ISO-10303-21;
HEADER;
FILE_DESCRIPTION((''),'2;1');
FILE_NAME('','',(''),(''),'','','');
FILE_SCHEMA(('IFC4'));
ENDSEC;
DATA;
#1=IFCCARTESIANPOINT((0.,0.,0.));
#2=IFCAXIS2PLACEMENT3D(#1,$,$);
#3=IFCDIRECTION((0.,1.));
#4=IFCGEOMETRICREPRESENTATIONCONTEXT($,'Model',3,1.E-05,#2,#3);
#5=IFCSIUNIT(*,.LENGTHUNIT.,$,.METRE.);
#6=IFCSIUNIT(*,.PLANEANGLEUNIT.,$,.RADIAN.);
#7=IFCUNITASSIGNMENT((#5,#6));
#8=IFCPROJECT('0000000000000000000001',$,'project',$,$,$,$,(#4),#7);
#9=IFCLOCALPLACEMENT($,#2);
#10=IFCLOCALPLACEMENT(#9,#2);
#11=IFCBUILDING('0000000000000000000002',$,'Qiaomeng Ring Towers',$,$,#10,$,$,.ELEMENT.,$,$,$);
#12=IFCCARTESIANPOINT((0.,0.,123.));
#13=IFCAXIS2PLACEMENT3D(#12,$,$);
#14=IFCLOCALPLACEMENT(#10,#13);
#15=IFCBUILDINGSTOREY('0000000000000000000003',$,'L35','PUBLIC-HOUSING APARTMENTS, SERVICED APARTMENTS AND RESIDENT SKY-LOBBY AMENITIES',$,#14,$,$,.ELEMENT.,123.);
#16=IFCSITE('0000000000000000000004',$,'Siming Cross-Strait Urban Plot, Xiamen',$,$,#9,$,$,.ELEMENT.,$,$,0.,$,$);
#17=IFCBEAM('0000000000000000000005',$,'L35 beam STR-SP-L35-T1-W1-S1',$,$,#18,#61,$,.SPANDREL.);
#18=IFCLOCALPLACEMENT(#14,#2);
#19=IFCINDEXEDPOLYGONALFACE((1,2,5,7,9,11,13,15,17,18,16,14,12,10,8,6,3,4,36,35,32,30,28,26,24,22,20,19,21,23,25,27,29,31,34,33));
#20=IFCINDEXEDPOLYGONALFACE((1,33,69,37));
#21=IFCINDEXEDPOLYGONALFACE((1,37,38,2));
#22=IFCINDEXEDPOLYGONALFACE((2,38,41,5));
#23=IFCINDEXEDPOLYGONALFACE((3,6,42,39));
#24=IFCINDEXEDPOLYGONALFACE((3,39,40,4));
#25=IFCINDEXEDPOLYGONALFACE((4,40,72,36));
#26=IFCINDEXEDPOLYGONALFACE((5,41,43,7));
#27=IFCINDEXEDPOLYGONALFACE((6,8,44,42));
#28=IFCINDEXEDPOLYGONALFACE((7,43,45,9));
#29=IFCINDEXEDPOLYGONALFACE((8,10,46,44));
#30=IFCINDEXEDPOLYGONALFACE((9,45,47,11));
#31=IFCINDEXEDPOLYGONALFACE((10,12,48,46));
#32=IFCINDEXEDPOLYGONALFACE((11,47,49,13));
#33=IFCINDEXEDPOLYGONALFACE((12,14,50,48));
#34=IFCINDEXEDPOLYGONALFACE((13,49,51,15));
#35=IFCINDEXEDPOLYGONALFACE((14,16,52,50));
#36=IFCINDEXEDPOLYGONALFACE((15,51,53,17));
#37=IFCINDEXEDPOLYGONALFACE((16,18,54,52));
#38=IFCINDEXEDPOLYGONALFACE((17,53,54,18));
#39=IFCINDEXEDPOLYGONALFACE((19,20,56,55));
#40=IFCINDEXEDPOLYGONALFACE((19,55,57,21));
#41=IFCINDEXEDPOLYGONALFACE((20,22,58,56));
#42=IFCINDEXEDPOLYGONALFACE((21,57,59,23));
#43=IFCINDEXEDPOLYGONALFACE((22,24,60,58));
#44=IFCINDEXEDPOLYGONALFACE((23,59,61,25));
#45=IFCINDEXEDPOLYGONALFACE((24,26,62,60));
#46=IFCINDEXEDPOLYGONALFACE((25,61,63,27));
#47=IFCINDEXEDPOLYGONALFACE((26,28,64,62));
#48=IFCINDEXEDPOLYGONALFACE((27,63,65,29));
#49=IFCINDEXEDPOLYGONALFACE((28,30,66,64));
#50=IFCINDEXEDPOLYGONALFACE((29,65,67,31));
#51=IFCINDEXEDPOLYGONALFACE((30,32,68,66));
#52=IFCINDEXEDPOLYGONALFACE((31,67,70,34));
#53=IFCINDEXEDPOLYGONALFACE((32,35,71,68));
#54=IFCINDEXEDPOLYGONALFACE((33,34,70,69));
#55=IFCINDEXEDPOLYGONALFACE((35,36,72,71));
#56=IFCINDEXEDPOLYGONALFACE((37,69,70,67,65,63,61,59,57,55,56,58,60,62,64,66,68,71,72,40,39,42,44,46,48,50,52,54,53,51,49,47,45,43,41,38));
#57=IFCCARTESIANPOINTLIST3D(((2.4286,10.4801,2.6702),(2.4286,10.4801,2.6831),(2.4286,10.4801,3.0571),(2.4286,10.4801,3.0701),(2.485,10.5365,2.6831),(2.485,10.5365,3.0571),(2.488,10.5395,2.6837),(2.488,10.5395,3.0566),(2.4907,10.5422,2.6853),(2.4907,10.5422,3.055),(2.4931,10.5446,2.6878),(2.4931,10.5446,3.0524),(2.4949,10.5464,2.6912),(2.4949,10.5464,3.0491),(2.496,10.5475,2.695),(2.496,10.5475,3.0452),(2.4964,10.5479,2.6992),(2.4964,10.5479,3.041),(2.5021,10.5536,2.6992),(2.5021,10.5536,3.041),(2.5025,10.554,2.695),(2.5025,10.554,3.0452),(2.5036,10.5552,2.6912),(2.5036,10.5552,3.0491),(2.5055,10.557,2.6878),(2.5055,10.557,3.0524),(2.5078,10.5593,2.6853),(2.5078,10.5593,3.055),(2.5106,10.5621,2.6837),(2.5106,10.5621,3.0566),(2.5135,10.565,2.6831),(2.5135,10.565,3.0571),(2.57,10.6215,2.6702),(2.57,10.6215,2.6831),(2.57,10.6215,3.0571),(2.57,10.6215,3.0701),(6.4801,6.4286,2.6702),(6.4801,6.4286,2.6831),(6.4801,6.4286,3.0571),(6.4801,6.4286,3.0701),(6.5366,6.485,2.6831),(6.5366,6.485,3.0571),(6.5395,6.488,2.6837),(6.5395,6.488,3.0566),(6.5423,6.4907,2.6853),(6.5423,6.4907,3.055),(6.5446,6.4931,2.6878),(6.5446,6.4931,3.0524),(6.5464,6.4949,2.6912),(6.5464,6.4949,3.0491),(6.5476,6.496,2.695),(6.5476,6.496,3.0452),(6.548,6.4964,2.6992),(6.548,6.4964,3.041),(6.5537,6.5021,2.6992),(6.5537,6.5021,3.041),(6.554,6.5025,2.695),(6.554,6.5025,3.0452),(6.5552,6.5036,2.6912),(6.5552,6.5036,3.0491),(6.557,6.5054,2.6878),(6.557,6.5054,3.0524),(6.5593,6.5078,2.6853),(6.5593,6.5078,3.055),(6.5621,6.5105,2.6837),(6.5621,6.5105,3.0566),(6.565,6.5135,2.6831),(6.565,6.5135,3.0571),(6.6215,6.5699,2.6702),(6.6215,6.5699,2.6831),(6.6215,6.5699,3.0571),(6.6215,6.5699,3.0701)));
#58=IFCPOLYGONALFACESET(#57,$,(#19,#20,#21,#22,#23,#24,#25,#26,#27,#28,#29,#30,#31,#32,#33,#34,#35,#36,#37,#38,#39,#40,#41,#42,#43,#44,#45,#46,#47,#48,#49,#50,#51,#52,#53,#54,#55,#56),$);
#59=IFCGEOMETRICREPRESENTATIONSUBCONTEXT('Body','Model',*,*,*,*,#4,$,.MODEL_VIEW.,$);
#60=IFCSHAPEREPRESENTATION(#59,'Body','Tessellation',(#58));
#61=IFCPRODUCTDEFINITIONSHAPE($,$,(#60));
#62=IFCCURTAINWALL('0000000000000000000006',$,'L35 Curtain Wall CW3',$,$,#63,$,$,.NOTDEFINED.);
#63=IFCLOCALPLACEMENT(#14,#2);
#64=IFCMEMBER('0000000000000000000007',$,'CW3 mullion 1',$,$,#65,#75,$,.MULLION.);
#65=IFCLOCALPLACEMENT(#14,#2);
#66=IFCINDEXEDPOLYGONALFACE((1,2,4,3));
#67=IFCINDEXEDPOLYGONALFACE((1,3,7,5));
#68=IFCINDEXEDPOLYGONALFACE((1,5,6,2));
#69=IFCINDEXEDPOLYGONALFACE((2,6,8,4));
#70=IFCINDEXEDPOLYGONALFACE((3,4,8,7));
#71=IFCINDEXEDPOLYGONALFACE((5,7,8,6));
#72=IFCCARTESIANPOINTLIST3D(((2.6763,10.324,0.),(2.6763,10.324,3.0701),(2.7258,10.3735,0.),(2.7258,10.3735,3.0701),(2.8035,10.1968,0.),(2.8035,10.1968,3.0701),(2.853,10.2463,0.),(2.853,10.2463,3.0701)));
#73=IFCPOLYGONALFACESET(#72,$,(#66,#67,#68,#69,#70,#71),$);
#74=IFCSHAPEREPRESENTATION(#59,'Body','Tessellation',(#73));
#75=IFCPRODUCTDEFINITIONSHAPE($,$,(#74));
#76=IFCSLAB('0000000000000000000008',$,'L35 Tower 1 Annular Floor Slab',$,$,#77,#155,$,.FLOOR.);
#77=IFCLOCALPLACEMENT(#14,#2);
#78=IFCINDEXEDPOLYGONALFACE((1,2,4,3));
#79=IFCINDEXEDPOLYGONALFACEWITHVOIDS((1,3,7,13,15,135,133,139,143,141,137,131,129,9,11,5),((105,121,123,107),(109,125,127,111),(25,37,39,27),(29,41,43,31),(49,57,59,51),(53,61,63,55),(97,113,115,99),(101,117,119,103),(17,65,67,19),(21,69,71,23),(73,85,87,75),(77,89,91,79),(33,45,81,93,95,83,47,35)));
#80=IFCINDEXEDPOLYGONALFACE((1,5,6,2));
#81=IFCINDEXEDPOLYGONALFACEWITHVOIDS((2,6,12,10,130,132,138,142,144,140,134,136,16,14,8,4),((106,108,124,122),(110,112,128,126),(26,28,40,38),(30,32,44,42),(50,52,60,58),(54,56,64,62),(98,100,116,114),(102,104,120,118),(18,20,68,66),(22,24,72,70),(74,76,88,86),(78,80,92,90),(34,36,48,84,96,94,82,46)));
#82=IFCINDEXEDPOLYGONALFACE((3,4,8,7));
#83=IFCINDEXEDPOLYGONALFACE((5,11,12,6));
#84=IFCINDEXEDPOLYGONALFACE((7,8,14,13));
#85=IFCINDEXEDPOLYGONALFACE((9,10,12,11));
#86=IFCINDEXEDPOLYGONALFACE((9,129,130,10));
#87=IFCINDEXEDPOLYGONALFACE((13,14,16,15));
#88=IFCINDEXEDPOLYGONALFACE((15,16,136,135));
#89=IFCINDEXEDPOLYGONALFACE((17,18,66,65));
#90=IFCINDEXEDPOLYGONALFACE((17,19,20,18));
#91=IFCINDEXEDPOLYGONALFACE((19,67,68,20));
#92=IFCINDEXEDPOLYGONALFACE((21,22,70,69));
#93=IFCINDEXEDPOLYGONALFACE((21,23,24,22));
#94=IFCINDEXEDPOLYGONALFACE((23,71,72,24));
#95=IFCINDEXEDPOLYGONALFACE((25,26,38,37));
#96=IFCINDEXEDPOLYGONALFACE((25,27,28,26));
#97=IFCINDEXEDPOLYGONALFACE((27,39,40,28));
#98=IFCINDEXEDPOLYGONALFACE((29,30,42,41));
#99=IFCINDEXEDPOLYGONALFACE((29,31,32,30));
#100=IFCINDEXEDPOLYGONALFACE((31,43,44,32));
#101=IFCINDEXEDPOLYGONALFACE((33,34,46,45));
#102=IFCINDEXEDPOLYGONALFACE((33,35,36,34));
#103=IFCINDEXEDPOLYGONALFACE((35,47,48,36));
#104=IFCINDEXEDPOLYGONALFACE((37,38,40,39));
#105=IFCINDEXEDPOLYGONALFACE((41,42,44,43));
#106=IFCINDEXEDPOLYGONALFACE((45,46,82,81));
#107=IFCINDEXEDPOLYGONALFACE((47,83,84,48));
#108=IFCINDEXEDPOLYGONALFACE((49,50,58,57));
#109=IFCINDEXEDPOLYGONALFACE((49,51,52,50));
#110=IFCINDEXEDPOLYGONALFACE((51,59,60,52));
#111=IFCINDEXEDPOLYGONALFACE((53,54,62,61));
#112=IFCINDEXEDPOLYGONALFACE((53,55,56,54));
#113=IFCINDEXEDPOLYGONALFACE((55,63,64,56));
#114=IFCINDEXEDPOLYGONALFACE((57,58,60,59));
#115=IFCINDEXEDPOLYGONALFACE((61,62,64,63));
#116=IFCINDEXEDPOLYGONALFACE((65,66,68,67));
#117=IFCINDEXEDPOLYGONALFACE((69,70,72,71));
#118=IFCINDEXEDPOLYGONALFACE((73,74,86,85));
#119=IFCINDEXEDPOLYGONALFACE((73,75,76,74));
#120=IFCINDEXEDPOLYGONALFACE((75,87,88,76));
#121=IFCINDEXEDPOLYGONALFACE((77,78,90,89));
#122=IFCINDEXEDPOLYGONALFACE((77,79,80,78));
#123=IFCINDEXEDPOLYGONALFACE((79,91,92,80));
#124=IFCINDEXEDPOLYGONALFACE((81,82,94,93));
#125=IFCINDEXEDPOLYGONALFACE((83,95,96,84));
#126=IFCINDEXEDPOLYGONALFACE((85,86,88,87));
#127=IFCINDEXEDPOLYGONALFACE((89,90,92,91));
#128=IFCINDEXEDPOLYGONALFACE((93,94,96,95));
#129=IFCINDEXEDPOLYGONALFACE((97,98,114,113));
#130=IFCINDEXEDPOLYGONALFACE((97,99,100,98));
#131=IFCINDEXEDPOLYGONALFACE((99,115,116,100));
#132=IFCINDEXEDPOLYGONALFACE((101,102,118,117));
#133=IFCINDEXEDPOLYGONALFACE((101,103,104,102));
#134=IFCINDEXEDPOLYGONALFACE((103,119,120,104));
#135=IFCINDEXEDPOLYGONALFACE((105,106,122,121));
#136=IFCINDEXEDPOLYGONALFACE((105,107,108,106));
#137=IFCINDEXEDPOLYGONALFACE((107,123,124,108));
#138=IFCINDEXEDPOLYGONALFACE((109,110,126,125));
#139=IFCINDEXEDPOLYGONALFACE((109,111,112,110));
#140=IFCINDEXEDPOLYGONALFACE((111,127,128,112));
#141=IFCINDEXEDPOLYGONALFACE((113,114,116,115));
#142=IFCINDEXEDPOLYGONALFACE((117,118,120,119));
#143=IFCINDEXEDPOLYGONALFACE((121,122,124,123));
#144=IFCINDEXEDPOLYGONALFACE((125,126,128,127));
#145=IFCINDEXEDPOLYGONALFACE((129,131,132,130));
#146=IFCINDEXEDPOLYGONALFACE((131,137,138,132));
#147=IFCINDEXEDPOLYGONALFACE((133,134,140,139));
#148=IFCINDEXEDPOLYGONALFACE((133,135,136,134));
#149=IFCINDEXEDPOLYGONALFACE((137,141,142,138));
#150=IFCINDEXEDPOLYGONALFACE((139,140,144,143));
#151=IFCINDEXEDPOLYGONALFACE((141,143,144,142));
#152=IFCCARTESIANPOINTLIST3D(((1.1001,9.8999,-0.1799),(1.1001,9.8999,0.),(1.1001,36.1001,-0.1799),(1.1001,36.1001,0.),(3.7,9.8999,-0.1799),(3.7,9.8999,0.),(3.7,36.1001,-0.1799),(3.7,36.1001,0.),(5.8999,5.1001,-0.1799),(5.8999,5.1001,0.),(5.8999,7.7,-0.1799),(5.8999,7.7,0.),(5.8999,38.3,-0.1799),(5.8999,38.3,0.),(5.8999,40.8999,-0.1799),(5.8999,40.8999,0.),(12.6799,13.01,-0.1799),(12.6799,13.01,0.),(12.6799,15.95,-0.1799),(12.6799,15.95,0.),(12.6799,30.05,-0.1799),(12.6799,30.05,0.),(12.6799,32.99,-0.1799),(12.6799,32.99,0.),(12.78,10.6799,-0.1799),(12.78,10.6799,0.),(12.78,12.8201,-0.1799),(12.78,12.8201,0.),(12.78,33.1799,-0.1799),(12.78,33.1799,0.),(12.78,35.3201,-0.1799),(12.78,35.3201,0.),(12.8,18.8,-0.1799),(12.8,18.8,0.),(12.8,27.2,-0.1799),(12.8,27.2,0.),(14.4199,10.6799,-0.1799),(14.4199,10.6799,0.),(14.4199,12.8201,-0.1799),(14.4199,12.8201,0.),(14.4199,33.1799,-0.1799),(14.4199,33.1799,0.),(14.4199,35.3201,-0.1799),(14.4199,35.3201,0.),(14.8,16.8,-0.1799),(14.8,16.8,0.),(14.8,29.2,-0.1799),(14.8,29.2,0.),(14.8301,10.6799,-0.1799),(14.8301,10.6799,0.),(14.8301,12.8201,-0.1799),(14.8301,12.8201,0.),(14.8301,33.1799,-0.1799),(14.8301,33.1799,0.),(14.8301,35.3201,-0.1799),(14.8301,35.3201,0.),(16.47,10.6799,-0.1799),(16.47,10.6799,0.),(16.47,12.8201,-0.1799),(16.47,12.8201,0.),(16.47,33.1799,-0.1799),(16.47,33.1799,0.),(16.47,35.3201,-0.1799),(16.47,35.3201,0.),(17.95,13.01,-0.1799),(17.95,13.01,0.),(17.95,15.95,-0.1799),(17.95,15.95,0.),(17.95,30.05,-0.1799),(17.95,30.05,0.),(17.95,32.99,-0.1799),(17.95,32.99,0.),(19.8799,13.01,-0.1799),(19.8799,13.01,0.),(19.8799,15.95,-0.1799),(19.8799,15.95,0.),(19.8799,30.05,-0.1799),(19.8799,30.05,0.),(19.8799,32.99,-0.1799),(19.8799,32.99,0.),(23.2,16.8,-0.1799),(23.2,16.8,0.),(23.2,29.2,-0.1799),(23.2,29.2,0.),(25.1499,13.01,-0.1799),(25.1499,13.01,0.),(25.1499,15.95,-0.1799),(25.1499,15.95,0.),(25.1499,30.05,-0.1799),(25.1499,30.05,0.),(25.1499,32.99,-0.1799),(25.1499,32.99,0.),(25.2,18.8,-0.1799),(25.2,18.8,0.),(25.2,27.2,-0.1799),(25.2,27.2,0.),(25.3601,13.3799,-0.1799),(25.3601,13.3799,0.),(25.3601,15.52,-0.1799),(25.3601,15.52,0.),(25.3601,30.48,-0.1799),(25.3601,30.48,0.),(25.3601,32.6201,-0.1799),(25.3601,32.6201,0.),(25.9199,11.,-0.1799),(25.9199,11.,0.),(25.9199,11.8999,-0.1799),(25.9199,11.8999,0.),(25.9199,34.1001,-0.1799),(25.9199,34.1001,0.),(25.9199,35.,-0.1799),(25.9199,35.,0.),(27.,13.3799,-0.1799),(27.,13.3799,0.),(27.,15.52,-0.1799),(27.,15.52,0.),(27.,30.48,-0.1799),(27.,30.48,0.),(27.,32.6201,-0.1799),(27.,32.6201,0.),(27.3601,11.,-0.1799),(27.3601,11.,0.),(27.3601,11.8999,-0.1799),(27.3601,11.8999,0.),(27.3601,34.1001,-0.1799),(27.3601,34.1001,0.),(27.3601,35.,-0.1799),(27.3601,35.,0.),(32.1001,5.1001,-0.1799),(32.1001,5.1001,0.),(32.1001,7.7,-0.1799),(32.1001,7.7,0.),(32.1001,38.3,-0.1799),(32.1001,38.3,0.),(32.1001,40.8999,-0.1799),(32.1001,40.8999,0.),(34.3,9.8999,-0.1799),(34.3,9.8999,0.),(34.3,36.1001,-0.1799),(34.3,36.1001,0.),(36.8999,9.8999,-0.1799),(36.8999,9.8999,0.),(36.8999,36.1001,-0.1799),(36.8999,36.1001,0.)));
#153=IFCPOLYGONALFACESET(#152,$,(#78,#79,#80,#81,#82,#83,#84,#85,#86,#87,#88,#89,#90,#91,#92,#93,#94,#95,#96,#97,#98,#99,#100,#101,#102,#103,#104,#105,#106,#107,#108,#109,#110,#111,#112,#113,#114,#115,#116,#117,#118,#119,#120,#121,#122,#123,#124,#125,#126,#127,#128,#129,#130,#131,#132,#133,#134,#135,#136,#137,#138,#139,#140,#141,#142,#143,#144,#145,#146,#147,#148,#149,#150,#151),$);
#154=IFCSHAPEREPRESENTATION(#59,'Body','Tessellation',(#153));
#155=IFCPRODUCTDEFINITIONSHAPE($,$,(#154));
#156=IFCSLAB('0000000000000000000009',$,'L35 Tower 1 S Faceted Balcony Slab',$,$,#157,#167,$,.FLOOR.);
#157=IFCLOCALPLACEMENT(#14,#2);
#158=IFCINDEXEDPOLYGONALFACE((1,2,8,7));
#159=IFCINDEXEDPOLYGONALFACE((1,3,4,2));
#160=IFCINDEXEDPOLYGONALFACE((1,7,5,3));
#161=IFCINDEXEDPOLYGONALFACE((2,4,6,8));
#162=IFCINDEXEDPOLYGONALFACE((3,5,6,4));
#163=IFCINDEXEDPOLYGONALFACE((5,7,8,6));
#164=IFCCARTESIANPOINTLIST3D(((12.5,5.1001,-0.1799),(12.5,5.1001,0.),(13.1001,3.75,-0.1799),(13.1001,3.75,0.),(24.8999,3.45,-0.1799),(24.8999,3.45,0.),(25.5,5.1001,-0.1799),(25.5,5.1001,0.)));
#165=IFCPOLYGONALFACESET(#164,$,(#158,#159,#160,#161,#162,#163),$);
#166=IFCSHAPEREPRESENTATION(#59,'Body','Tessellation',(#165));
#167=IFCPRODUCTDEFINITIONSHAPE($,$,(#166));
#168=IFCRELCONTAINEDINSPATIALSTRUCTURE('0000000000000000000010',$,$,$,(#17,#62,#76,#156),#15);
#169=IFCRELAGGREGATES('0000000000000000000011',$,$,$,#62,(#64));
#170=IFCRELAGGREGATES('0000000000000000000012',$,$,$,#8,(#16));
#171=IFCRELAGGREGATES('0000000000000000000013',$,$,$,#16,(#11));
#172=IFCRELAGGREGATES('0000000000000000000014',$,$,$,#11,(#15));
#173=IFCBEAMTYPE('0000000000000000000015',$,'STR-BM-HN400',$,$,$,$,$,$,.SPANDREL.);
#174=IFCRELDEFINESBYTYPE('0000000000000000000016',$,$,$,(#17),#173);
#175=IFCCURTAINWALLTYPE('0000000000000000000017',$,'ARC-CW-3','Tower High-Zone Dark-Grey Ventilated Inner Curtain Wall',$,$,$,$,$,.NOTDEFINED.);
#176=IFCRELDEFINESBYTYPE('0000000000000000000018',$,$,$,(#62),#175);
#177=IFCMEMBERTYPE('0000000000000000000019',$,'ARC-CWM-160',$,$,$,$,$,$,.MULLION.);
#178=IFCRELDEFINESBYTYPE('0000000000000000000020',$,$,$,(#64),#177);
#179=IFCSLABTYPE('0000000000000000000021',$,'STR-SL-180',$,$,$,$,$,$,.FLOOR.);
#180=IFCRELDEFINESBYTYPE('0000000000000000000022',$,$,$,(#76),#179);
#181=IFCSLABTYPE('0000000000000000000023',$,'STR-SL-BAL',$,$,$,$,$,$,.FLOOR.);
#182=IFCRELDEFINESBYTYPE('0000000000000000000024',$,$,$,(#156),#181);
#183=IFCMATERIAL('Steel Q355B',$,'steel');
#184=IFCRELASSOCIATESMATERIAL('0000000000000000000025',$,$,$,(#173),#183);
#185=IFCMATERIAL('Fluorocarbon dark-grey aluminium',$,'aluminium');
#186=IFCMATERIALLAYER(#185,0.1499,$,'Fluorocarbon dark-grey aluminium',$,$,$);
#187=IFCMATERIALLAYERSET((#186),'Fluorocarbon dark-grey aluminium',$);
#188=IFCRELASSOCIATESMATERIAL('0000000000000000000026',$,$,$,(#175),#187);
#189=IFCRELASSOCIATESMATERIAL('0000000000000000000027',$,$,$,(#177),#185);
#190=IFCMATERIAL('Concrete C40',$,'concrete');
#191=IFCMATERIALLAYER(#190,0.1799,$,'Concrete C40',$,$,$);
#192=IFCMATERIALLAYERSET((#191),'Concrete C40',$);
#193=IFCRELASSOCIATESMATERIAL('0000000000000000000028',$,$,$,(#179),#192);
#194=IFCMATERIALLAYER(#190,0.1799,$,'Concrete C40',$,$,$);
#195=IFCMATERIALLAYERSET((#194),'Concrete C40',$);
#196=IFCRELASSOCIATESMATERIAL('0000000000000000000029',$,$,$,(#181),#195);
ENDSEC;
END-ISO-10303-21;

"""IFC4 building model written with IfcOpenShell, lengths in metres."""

from ifc_helpers import new_model, si_unit, direction, frame, origin, origin_2d, place, context, subcontext, project, spatial, polyline, rectangle, i_section, outline, extrude, source, transform, mapped, material, layer, layer_set, material_profile, profile_set, type_object, element, aggregate, save


model = new_model("IFC4")

# Units and contexts
model_context = context("Model", 3, precision=1e-05, world=origin(), true_north=direction((0.0, 1.0)))
body_context = subcontext(model_context, "Body", "Model", "MODEL_VIEW")
ifc_project = project(units=[si_unit("LENGTHUNIT", "METRE"), si_unit("PLANEANGLEUNIT", "RADIAN")], contexts=[model_context])

# Site, building, storey
site_placement = place(None, origin())
site = spatial("IfcSite", under=ifc_project, at=site_placement, Name="Siming Cross-Strait Urban Plot, Xiamen", CompositionType="ELEMENT", RefElevation=0.0)
building_placement = place(site_placement, origin())
building = spatial("IfcBuilding", under=site, at=building_placement, Name="Qiaomeng Ring Towers", CompositionType="ELEMENT")
storey_placement = place(building_placement, frame((0.0, 0.0, 123.0)))
storey = spatial("IfcBuildingStorey", under=building, at=storey_placement, Name="L35", Description="PUBLIC-HOUSING APARTMENTS, SERVICED APARTMENTS AND RESIDENT SKY-LOBBY AMENITIES", CompositionType="ELEMENT", Elevation=123.0)

# Beam
ifc_material_1 = material(Name="Steel Q355B", Category="steel")
ifc_material_profile_1 = material_profile(ifc_material_1, i_section(OverallWidth=0.2, OverallDepth=0.3999, WebThickness=0.0081, FlangeThickness=0.0129, FilletRadius=0.0161, at=origin_2d()), Name="HN 400x200x8x13")
ifc_profile_set_1 = profile_set([ifc_material_profile_1], Name="Steel Q355B")
beam_type = type_object("IfcBeamType", Name="STR-BM-HN400", PredefinedType="SPANDREL", material=ifc_profile_set_1)
shared_shape_1 = source(origin(), body_context, "Body", "SweptSolid", [
    extrude(i_section(OverallWidth=0.2, OverallDepth=0.3999, WebThickness=0.0081, FlangeThickness=0.0129, FilletRadius=0.0161, at=origin_2d()), origin(), (0.0, 0.0, 1.0), 5.7297),
])
beam_placement = place(storey_placement, frame((2.4993, 10.5508, 2.8701), z_axis=(0.707107, -0.707107, 0.0), x_axis=(0.707107, 0.707107, 0.0)))
element("IfcBeam", 1, at=beam_placement, inside=storey, type_object=beam_type, Name="L35 beam STR-SP-L35-T1-W1-S1", PredefinedType="SPANDREL", context=body_context, shape_type="MappedRepresentation", body=[
    mapped(shared_shape_1, transform((0.0, 0.0, 0.0), x_axis=(1.0, 0.0, 0.0), y_axis=(0.0, 1.0, 0.0), z_axis=(0.0, 0.0, 1.0), scale=1.0)),
])

# Curtain wall, member
ifc_material_2 = material(Name="Fluorocarbon dark-grey aluminium", Category="aluminium")
ifc_layer_1 = layer(ifc_material_2, 0.1499, Name="Fluorocarbon dark-grey aluminium")
ifc_layer_set_1 = layer_set([ifc_layer_1], Name="Fluorocarbon dark-grey aluminium")
curtain_wall_type = type_object("IfcCurtainWallType", Name="ARC-CW-3", Description="Tower High-Zone Dark-Grey Ventilated Inner Curtain Wall", PredefinedType="NOTDEFINED", material=ifc_layer_set_1)
curtain_wall_placement = place(storey_placement, origin())
curtain_wall = element("IfcCurtainWall", 2, at=curtain_wall_placement, inside=storey, type_object=curtain_wall_type, Name="L35 Curtain Wall CW3", PredefinedType="NOTDEFINED")
ifc_material_profile_2 = material_profile(ifc_material_2, rectangle(XDim=0.0701, YDim=0.1799, at=origin_2d()), Name="ALU MULL 70x180")
ifc_profile_set_2 = profile_set([ifc_material_profile_2], Name="Fluorocarbon dark-grey aluminium")
member_type = type_object("IfcMemberType", Name="ARC-CWM-160", PredefinedType="MULLION", material=ifc_profile_set_2)
shared_shape_2 = source(origin(), body_context, "Body", "SweptSolid", [
    extrude(rectangle(XDim=0.0701, YDim=0.1799, at=origin_2d()), origin(), (0.0, 0.0, 1.0), 3.0701),
])
member_placement = place(storey_placement, frame((2.7646, 10.2852, 0.0), z_axis=(0.0, 0.0, 1.0), x_axis=(0.707107, 0.707107, 0.0)))
member = element("IfcMember", 3, at=member_placement, type_object=member_type, Name="CW3 mullion 1", PredefinedType="MULLION", context=body_context, shape_type="MappedRepresentation", body=[
    mapped(shared_shape_2, transform((0.0, 0.0, 0.0), x_axis=(1.0, 0.0, 0.0), y_axis=(0.0, 1.0, 0.0), z_axis=(0.0, 0.0, 1.0), scale=1.0)),
])
aggregate(curtain_wall, [member])

# Slabs
ifc_material_3 = material(Name="Concrete C40", Category="concrete")
ifc_layer_2 = layer(ifc_material_3, 0.1799, Name="Concrete C40")
ifc_layer_set_2 = layer_set([ifc_layer_2], Name="Concrete C40")
slab_type_1 = type_object("IfcSlabType", Name="STR-SL-180", PredefinedType="FLOOR", material=ifc_layer_set_2)
slab_1_placement = place(storey_placement, frame((0.0, 0.0, -0.1799)))
element("IfcSlab", 4, at=slab_1_placement, inside=storey, type_object=slab_type_1, Name="L35 Tower 1 Annular Floor Slab", PredefinedType="FLOOR", context=body_context, shape_type="SweptSolid", body=[
    extrude(outline(polyline([(5.8999, 5.1001), (32.1001, 5.1001), (32.1001, 7.7), (34.3, 9.8999), (36.8999, 9.8999), (36.8999, 36.1001), (34.3, 36.1001), (32.1001, 38.3), (32.1001, 40.8999), (5.8999, 40.8999), (5.8999, 38.3), (3.7, 36.1001), (1.1001, 36.1001), (1.1001, 9.8999), (3.7, 9.8999), (5.8999, 7.7), (5.8999, 5.1001)]), holes=[polyline([(12.78, 10.6799), (12.78, 12.8201), (14.4199, 12.8201), (14.4199, 10.6799), (12.78, 10.6799)]), polyline([(14.8301, 12.8201), (16.47, 12.8201), (16.47, 10.6799), (14.8301, 10.6799), (14.8301, 12.8201)]), polyline([(12.6799, 15.95), (17.95, 15.95), (17.95, 13.01), (12.6799, 13.01), (12.6799, 15.95)]), polyline([(23.2, 29.2), (25.2, 27.2), (25.2, 18.8), (23.2, 16.8), (14.8, 16.8), (12.8, 18.8), (12.8, 27.2), (14.8, 29.2), (23.2, 29.2)]), polyline([(12.6799, 32.99), (17.95, 32.99), (17.95, 30.05), (12.6799, 30.05), (12.6799, 32.99)]), polyline([(12.78, 35.3201), (14.4199, 35.3201), (14.4199, 33.1799), (12.78, 33.1799), (12.78, 35.3201)]), polyline([(14.8301, 33.1799), (14.8301, 35.3201), (16.47, 35.3201), (16.47, 33.1799), (14.8301, 33.1799)]), polyline([(25.9199, 11.8999), (27.3601, 11.8999), (27.3601, 11.0), (25.9199, 11.0), (25.9199, 11.8999)]), polyline([(25.3601, 15.52), (27.0, 15.52), (27.0, 13.3799), (25.3601, 13.3799), (25.3601, 15.52)]), polyline([(19.8799, 15.95), (25.1499, 15.95), (25.1499, 13.01), (19.8799, 13.01), (19.8799, 15.95)]), polyline([(19.8799, 32.99), (25.1499, 32.99), (25.1499, 30.05), (19.8799, 30.05), (19.8799, 32.99)]), polyline([(25.3601, 32.6201), (27.0, 32.6201), (27.0, 30.48), (25.3601, 30.48), (25.3601, 32.6201)]), polyline([(25.9199, 35.0), (27.3601, 35.0), (27.3601, 34.1001), (25.9199, 34.1001), (25.9199, 35.0)])]), origin(), (0.0, 0.0, 1.0), 0.1799),
])
ifc_layer_3 = layer(ifc_material_3, 0.1799, Name="Concrete C40")
ifc_layer_set_3 = layer_set([ifc_layer_3], Name="Concrete C40")
slab_type_2 = type_object("IfcSlabType", Name="STR-SL-BAL", PredefinedType="FLOOR", material=ifc_layer_set_3)
slab_2_placement = place(storey_placement, frame((0.0, 0.0, -0.1799)))
element("IfcSlab", 5, at=slab_2_placement, inside=storey, type_object=slab_type_2, Name="L35 Tower 1 S Faceted Balcony Slab", PredefinedType="FLOOR", context=body_context, shape_type="SweptSolid", body=[
    extrude(outline(polyline([(24.8999, 3.45), (13.1001, 3.75), (12.5, 5.1001), (25.5, 5.1001), (24.8999, 3.45)])), origin(), (0.0, 0.0, 1.0), 0.1799),
])

save(model, "model.ifc")
